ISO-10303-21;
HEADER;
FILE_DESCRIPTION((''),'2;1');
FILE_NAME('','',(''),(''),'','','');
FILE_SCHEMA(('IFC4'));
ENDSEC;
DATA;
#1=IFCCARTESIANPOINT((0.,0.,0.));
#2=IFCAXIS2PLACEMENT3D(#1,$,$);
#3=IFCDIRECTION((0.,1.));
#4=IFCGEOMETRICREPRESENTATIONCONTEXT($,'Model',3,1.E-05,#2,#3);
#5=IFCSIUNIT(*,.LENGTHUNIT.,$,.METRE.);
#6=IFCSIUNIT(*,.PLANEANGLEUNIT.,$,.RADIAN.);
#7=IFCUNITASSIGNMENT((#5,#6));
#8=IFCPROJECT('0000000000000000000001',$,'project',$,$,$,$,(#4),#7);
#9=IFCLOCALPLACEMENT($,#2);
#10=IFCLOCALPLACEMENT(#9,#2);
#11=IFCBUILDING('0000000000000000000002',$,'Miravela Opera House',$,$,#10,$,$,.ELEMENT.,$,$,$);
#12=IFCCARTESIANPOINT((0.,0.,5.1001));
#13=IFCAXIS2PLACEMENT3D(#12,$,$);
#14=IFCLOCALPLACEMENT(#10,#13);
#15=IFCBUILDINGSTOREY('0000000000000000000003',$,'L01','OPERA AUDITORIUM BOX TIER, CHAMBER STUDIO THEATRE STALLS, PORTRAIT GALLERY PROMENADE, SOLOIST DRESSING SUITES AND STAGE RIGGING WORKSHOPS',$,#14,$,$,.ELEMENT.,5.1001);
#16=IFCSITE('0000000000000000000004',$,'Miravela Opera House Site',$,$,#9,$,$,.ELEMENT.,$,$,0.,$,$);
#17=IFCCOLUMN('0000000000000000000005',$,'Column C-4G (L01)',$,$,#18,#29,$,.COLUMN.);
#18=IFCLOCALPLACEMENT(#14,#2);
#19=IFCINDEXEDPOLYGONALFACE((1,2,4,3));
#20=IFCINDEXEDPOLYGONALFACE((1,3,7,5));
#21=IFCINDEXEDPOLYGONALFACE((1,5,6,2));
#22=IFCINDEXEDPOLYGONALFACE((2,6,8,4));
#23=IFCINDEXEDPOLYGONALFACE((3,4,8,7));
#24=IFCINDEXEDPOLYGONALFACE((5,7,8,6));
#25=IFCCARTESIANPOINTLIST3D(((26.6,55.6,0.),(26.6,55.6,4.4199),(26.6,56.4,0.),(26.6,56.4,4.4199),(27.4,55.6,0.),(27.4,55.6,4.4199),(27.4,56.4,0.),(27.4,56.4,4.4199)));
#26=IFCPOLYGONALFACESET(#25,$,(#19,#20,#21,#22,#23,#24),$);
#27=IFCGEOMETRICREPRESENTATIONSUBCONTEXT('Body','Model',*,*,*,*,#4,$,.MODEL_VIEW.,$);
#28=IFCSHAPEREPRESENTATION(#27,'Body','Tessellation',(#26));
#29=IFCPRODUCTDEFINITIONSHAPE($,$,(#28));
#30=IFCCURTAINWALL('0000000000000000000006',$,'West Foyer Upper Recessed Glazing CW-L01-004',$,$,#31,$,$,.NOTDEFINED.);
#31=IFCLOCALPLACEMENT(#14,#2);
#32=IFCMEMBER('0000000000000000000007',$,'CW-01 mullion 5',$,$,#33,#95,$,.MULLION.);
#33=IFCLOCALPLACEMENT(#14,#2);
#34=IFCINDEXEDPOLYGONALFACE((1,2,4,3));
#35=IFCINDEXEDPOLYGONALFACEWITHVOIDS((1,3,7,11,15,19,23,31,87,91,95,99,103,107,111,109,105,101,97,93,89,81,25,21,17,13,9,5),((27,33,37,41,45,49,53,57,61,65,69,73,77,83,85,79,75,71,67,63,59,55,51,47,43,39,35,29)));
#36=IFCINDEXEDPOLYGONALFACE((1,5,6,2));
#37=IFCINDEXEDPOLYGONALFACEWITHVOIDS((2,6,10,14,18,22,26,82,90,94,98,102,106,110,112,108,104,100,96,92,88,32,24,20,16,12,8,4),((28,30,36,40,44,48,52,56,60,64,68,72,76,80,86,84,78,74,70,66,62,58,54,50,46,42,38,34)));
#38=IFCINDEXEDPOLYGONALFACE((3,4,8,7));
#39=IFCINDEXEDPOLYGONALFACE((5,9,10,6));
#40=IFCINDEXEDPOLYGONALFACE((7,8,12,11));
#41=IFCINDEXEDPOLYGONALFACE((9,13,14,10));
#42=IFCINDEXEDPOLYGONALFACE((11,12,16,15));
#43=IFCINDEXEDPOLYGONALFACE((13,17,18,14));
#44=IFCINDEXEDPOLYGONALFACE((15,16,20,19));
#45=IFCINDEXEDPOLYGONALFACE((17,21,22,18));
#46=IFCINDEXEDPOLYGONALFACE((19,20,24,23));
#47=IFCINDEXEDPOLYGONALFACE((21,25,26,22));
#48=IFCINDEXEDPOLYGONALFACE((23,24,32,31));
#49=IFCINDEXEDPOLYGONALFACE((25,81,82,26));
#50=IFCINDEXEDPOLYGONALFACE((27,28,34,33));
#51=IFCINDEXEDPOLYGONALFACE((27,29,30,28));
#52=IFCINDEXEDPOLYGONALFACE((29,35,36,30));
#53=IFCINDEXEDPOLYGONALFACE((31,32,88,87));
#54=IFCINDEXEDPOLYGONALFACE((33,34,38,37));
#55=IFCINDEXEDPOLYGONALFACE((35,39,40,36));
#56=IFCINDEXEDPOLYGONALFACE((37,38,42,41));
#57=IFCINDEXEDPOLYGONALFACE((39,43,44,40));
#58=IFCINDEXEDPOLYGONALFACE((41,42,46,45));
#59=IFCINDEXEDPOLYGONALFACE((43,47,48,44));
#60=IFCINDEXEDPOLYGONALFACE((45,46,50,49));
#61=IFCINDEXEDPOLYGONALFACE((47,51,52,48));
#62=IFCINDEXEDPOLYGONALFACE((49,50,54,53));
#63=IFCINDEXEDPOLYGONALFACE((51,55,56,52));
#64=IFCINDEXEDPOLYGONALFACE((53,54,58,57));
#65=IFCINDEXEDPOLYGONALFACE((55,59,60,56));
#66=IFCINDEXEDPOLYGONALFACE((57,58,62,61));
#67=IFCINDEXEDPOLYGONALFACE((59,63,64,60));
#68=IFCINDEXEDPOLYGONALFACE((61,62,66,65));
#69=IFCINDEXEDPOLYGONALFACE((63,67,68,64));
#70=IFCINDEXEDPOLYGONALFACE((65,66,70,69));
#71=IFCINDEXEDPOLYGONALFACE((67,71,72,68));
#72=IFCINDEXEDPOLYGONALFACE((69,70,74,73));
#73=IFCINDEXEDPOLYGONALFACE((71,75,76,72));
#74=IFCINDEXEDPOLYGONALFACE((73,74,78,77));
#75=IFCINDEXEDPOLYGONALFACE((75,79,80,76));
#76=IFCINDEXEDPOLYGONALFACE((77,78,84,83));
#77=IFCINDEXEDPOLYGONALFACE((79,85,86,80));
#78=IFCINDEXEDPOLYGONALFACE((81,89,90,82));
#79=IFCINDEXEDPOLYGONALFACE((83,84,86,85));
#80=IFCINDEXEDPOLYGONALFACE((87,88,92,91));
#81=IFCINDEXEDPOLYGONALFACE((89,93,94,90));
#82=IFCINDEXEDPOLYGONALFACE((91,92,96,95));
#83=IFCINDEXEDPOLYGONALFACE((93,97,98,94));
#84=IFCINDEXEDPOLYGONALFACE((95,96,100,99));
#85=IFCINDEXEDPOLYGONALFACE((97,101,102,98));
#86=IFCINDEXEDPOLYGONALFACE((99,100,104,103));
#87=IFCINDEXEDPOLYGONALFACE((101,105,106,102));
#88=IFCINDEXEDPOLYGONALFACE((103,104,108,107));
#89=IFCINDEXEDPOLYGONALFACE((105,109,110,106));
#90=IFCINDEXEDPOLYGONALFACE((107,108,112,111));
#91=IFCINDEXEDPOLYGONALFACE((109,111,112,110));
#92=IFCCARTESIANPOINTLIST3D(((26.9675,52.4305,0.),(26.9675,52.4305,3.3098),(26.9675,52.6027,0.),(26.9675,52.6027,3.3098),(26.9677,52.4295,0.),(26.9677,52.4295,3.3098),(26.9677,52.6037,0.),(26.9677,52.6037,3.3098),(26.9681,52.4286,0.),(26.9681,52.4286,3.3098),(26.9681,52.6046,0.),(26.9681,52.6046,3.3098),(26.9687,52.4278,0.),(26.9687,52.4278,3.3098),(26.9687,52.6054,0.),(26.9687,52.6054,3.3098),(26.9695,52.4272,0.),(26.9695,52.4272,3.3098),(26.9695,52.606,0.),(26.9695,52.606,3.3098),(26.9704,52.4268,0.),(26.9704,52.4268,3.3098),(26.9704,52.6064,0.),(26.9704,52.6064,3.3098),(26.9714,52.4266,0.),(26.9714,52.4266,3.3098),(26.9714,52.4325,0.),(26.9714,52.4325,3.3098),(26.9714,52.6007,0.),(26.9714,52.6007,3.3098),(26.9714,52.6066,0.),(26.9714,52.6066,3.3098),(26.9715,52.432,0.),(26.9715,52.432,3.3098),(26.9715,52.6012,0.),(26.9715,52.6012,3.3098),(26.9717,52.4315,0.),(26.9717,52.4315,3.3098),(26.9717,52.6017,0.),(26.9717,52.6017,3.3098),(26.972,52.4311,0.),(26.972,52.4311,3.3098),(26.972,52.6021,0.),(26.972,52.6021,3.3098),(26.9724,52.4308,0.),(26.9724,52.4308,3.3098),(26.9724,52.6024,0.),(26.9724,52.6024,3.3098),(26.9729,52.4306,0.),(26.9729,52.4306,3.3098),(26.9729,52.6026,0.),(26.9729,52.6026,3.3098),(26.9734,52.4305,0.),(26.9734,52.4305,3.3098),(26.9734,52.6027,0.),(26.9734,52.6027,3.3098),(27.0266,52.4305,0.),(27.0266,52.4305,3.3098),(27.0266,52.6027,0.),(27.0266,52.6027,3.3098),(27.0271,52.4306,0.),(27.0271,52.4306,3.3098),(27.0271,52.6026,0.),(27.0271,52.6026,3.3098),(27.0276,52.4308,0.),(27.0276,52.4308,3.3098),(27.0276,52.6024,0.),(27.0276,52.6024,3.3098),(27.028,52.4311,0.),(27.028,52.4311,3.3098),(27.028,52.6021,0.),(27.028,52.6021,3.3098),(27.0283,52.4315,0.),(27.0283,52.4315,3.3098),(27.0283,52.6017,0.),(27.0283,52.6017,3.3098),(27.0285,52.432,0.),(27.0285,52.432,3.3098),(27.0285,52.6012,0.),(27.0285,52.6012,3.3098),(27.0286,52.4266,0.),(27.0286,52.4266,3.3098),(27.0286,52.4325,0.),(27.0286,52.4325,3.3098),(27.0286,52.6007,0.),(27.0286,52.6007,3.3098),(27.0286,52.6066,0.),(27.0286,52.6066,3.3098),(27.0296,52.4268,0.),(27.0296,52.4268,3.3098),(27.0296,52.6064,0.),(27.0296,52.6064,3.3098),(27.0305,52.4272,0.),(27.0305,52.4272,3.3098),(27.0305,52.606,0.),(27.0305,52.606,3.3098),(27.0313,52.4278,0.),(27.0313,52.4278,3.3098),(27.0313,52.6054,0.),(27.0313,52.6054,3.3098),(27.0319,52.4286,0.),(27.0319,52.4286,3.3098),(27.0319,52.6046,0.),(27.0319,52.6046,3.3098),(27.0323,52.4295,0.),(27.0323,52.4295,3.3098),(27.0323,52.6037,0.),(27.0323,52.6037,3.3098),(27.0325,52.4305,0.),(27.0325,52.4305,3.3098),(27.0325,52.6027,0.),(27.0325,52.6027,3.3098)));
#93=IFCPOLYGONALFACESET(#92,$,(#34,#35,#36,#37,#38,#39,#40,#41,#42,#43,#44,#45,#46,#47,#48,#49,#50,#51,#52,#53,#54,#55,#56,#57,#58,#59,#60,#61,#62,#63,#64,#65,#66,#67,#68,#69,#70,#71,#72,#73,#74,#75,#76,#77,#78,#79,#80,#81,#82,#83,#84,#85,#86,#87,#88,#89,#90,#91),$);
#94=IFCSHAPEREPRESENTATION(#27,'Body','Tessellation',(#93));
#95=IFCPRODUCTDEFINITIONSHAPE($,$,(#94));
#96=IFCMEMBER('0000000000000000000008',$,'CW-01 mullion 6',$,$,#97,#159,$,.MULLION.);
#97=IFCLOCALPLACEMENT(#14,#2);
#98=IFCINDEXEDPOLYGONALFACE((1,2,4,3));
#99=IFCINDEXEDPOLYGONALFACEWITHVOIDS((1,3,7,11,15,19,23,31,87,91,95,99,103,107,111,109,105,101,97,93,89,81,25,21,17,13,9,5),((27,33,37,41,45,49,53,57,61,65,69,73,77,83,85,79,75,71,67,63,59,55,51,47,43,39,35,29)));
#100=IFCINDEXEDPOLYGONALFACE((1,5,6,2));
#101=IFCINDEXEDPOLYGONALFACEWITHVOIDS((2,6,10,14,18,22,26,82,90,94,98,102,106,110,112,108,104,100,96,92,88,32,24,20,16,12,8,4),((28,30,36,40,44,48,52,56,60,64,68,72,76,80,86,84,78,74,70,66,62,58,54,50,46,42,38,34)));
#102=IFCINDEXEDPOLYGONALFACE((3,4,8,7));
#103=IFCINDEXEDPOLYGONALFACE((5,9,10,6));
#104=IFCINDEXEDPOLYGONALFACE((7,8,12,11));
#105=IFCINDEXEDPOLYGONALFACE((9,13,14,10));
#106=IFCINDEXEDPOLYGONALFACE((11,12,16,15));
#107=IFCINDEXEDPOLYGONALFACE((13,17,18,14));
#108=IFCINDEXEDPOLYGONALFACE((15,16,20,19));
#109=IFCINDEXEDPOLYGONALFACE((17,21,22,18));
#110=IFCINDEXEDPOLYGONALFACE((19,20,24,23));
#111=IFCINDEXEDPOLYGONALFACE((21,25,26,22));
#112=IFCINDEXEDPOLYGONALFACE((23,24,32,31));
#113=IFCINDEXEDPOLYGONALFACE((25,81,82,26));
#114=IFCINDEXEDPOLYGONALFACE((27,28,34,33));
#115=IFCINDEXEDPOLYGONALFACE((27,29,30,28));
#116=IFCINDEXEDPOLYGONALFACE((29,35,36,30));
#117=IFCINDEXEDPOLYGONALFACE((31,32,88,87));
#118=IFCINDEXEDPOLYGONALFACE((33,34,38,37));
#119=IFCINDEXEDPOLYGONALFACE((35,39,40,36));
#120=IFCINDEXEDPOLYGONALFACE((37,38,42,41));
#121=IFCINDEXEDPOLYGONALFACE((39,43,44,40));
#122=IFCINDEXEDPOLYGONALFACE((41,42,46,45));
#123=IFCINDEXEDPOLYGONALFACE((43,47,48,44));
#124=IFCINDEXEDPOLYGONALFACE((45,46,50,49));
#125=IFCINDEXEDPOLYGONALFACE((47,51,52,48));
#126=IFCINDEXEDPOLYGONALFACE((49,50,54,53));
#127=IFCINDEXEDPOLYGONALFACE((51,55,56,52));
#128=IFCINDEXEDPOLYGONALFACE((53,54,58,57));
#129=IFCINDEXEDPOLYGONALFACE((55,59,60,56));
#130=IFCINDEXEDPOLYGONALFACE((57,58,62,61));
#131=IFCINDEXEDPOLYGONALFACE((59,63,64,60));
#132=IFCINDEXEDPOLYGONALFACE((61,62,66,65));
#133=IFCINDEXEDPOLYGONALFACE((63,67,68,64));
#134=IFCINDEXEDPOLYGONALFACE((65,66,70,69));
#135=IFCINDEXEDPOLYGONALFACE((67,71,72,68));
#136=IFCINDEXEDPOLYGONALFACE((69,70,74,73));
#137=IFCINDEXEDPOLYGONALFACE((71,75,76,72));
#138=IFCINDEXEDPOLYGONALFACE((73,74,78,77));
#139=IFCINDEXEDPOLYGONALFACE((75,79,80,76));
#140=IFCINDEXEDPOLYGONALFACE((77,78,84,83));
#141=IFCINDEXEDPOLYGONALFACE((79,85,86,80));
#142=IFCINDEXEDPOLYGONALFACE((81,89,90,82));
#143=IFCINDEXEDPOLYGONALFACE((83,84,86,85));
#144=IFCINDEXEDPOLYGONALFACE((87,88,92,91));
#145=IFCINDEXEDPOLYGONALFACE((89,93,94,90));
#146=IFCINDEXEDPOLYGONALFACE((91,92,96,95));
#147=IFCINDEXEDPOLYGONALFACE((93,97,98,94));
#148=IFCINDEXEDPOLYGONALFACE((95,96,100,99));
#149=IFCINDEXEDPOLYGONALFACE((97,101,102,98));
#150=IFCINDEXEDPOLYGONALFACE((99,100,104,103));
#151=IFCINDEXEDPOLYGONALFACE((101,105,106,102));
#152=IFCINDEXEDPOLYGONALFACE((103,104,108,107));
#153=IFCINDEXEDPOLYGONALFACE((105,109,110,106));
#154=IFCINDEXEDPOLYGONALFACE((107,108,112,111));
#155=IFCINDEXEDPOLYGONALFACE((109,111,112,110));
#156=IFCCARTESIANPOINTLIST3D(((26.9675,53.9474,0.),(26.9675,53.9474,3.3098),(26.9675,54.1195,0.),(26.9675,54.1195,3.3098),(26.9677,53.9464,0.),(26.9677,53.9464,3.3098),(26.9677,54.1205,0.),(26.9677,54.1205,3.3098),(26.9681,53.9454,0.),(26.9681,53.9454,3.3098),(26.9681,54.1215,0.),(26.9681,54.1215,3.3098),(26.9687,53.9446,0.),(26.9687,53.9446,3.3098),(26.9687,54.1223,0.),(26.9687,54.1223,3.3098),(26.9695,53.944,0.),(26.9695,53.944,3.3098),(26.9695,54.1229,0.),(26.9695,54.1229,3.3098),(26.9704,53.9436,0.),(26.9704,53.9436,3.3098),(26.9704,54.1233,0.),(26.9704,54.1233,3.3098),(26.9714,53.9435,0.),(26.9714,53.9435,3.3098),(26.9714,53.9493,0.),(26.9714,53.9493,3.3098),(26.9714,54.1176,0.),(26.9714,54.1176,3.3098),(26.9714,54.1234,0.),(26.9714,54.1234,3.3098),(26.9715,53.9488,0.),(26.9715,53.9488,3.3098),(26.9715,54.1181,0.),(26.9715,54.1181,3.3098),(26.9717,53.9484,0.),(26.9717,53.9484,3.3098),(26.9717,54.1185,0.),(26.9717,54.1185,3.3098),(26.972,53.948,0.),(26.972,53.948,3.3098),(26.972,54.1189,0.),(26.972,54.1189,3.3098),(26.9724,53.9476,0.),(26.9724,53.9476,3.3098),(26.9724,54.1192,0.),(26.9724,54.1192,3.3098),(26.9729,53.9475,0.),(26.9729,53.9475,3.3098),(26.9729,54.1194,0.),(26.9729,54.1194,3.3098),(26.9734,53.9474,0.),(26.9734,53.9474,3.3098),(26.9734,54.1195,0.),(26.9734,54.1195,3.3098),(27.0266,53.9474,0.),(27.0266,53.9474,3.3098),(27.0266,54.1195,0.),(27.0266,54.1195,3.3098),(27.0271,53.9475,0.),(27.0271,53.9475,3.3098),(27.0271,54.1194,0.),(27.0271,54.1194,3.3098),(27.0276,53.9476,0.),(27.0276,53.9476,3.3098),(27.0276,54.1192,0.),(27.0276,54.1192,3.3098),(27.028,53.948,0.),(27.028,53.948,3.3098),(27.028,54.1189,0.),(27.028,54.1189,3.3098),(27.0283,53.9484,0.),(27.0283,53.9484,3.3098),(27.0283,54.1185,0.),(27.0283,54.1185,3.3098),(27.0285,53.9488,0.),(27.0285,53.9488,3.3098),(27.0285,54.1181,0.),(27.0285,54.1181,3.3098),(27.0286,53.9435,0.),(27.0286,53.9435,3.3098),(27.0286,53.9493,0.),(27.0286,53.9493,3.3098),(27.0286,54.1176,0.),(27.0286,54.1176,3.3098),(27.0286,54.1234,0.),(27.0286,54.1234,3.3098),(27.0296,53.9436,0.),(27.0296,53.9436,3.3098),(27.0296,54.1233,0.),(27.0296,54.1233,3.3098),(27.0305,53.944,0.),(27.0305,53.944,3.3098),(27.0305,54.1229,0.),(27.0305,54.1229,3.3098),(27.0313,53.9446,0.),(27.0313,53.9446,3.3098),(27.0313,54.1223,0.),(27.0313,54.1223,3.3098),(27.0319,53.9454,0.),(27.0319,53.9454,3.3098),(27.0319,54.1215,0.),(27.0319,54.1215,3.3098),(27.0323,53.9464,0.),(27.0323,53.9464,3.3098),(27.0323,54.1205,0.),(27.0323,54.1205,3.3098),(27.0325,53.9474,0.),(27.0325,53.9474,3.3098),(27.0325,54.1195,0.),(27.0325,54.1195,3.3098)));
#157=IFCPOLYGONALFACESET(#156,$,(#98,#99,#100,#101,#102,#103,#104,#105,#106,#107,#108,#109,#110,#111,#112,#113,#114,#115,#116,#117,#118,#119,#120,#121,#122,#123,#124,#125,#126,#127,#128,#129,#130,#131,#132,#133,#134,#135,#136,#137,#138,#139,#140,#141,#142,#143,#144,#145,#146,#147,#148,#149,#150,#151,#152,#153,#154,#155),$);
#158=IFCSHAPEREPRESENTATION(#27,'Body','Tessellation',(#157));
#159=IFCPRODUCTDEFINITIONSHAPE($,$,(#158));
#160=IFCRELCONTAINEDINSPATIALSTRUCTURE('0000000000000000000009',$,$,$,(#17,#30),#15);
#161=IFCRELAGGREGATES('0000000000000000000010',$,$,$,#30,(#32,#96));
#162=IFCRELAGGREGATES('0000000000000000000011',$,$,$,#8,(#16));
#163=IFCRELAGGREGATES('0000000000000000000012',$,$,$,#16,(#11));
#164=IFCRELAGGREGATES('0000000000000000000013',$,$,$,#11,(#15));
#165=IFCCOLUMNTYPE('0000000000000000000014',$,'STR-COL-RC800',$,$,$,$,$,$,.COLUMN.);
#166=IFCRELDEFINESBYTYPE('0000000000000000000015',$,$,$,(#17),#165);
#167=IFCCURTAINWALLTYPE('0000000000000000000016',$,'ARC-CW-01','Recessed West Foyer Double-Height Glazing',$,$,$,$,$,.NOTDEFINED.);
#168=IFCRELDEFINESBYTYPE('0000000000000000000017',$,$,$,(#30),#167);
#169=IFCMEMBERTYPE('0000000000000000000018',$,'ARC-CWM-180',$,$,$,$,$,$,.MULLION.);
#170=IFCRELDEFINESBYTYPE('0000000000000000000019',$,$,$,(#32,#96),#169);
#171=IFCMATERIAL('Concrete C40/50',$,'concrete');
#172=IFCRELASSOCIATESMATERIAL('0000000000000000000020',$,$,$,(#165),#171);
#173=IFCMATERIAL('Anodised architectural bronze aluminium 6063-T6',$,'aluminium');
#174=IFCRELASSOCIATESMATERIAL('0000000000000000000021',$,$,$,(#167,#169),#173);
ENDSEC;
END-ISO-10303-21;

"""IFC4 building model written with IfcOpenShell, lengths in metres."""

from ifc_helpers import new_model, si_unit, direction, frame, origin, origin_2d, place, context, subcontext, project, spatial, rectangle, hollow_rectangle, extrude, material, material_profile, profile_set, type_object, element, aggregate, save


model = new_model("IFC4")

# Units and contexts
model_context = context("Model", 3, precision=1e-05, world=origin(), true_north=direction((0.0, 1.0)))
body_context = subcontext(model_context, "Body", "Model", "MODEL_VIEW")
ifc_project = project(units=[si_unit("LENGTHUNIT", "METRE"), si_unit("PLANEANGLEUNIT", "RADIAN")], contexts=[model_context])

# Site, building, storey
site_placement = place(None, origin())
site = spatial("IfcSite", under=ifc_project, at=site_placement, Name="Miravela Opera House Site", CompositionType="ELEMENT", RefElevation=0.0)
building_placement = place(site_placement, origin())
building = spatial("IfcBuilding", under=site, at=building_placement, Name="Miravela Opera House", CompositionType="ELEMENT")
storey_placement = place(building_placement, frame((0.0, 0.0, 5.1001)))
storey = spatial("IfcBuildingStorey", under=building, at=storey_placement, Name="L01", Description="OPERA AUDITORIUM BOX TIER, CHAMBER STUDIO THEATRE STALLS, PORTRAIT GALLERY PROMENADE, SOLOIST DRESSING SUITES AND STAGE RIGGING WORKSHOPS", CompositionType="ELEMENT", Elevation=5.1001)

# Column
ifc_material_1 = material(Name="Concrete C40/50", Category="concrete")
ifc_material_profile_1 = material_profile(ifc_material_1, rectangle(XDim=0.8, YDim=0.8, at=origin_2d()), Name="RC-COL-800X800")
ifc_profile_set_1 = profile_set([ifc_material_profile_1])
column_type = type_object("IfcColumnType", Name="STR-COL-RC800", PredefinedType="COLUMN", material=ifc_profile_set_1)
column_placement = place(storey_placement, frame((27.0, 56.0, 0.0), z_axis=(0.0, 0.0, 1.0), x_axis=(1.0, 0.0, 0.0)))
element("IfcColumn", 1, at=column_placement, inside=storey, type_object=column_type, Name="Column C-4G (L01)", PredefinedType="COLUMN", context=body_context, shape_type="SweptSolid", body=[
    extrude(rectangle(XDim=0.8, YDim=0.8, at=origin_2d()), origin(), (0.0, 0.0, 1.0), 4.4199),
])

# Curtain wall, members
ifc_material_2 = material(Name="Anodised architectural bronze aluminium 6063-T6", Category="aluminium")
curtain_wall_type = type_object("IfcCurtainWallType", Name="ARC-CW-01", Description="Recessed West Foyer Double-Height Glazing", PredefinedType="NOTDEFINED", material=ifc_material_2)
curtain_wall_1_placement = place(storey_placement, origin())
curtain_wall_1 = element("IfcCurtainWall", 2, at=curtain_wall_1_placement, inside=storey, type_object=curtain_wall_type, Name="West Foyer Upper Recessed Glazing CW-L01-004", PredefinedType="NOTDEFINED")
ifc_material_profile_2 = material_profile(ifc_material_2, hollow_rectangle(XDim=0.0649, YDim=0.1799, WallThickness=0.0039, InnerFilletRadius=0.002, OuterFilletRadius=0.0039, at=origin_2d()), Name="CWM-65X180")
ifc_profile_set_2 = profile_set([ifc_material_profile_2])
member_type_1 = type_object("IfcMemberType", Name="ARC-CWM-180", PredefinedType="MULLION", material=ifc_profile_set_2)
member_1_placement = place(storey_placement, frame((27.0, 52.5166, 0.0), z_axis=(0.0, 0.0, 1.0), x_axis=(-1.0, 0.0, 0.0)))
member_1 = element("IfcMember", 3, at=member_1_placement, type_object=member_type_1, Name="CW-01 mullion 5", PredefinedType="MULLION", context=body_context, shape_type="SweptSolid", body=[
    extrude(hollow_rectangle(XDim=0.0649, YDim=0.1799, WallThickness=0.0039, InnerFilletRadius=0.002, OuterFilletRadius=0.0039, at=origin_2d()), origin(), (0.0, 0.0, 1.0), 3.3098),
])
member_2_placement = place(storey_placement, frame((27.0, 54.0334, 0.0), z_axis=(0.0, 0.0, 1.0), x_axis=(-1.0, 0.0, 0.0)))
member_2 = element("IfcMember", 4, at=member_2_placement, type_object=member_type_1, Name="CW-01 mullion 6", PredefinedType="MULLION", context=body_context, shape_type="SweptSolid", body=[
    extrude(hollow_rectangle(XDim=0.0649, YDim=0.1799, WallThickness=0.0039, InnerFilletRadius=0.002, OuterFilletRadius=0.0039, at=origin_2d()), origin(), (0.0, 0.0, 1.0), 3.3098),
])

aggregate(curtain_wall_1, [member_1, member_2])

save(model, "model.ifc")
